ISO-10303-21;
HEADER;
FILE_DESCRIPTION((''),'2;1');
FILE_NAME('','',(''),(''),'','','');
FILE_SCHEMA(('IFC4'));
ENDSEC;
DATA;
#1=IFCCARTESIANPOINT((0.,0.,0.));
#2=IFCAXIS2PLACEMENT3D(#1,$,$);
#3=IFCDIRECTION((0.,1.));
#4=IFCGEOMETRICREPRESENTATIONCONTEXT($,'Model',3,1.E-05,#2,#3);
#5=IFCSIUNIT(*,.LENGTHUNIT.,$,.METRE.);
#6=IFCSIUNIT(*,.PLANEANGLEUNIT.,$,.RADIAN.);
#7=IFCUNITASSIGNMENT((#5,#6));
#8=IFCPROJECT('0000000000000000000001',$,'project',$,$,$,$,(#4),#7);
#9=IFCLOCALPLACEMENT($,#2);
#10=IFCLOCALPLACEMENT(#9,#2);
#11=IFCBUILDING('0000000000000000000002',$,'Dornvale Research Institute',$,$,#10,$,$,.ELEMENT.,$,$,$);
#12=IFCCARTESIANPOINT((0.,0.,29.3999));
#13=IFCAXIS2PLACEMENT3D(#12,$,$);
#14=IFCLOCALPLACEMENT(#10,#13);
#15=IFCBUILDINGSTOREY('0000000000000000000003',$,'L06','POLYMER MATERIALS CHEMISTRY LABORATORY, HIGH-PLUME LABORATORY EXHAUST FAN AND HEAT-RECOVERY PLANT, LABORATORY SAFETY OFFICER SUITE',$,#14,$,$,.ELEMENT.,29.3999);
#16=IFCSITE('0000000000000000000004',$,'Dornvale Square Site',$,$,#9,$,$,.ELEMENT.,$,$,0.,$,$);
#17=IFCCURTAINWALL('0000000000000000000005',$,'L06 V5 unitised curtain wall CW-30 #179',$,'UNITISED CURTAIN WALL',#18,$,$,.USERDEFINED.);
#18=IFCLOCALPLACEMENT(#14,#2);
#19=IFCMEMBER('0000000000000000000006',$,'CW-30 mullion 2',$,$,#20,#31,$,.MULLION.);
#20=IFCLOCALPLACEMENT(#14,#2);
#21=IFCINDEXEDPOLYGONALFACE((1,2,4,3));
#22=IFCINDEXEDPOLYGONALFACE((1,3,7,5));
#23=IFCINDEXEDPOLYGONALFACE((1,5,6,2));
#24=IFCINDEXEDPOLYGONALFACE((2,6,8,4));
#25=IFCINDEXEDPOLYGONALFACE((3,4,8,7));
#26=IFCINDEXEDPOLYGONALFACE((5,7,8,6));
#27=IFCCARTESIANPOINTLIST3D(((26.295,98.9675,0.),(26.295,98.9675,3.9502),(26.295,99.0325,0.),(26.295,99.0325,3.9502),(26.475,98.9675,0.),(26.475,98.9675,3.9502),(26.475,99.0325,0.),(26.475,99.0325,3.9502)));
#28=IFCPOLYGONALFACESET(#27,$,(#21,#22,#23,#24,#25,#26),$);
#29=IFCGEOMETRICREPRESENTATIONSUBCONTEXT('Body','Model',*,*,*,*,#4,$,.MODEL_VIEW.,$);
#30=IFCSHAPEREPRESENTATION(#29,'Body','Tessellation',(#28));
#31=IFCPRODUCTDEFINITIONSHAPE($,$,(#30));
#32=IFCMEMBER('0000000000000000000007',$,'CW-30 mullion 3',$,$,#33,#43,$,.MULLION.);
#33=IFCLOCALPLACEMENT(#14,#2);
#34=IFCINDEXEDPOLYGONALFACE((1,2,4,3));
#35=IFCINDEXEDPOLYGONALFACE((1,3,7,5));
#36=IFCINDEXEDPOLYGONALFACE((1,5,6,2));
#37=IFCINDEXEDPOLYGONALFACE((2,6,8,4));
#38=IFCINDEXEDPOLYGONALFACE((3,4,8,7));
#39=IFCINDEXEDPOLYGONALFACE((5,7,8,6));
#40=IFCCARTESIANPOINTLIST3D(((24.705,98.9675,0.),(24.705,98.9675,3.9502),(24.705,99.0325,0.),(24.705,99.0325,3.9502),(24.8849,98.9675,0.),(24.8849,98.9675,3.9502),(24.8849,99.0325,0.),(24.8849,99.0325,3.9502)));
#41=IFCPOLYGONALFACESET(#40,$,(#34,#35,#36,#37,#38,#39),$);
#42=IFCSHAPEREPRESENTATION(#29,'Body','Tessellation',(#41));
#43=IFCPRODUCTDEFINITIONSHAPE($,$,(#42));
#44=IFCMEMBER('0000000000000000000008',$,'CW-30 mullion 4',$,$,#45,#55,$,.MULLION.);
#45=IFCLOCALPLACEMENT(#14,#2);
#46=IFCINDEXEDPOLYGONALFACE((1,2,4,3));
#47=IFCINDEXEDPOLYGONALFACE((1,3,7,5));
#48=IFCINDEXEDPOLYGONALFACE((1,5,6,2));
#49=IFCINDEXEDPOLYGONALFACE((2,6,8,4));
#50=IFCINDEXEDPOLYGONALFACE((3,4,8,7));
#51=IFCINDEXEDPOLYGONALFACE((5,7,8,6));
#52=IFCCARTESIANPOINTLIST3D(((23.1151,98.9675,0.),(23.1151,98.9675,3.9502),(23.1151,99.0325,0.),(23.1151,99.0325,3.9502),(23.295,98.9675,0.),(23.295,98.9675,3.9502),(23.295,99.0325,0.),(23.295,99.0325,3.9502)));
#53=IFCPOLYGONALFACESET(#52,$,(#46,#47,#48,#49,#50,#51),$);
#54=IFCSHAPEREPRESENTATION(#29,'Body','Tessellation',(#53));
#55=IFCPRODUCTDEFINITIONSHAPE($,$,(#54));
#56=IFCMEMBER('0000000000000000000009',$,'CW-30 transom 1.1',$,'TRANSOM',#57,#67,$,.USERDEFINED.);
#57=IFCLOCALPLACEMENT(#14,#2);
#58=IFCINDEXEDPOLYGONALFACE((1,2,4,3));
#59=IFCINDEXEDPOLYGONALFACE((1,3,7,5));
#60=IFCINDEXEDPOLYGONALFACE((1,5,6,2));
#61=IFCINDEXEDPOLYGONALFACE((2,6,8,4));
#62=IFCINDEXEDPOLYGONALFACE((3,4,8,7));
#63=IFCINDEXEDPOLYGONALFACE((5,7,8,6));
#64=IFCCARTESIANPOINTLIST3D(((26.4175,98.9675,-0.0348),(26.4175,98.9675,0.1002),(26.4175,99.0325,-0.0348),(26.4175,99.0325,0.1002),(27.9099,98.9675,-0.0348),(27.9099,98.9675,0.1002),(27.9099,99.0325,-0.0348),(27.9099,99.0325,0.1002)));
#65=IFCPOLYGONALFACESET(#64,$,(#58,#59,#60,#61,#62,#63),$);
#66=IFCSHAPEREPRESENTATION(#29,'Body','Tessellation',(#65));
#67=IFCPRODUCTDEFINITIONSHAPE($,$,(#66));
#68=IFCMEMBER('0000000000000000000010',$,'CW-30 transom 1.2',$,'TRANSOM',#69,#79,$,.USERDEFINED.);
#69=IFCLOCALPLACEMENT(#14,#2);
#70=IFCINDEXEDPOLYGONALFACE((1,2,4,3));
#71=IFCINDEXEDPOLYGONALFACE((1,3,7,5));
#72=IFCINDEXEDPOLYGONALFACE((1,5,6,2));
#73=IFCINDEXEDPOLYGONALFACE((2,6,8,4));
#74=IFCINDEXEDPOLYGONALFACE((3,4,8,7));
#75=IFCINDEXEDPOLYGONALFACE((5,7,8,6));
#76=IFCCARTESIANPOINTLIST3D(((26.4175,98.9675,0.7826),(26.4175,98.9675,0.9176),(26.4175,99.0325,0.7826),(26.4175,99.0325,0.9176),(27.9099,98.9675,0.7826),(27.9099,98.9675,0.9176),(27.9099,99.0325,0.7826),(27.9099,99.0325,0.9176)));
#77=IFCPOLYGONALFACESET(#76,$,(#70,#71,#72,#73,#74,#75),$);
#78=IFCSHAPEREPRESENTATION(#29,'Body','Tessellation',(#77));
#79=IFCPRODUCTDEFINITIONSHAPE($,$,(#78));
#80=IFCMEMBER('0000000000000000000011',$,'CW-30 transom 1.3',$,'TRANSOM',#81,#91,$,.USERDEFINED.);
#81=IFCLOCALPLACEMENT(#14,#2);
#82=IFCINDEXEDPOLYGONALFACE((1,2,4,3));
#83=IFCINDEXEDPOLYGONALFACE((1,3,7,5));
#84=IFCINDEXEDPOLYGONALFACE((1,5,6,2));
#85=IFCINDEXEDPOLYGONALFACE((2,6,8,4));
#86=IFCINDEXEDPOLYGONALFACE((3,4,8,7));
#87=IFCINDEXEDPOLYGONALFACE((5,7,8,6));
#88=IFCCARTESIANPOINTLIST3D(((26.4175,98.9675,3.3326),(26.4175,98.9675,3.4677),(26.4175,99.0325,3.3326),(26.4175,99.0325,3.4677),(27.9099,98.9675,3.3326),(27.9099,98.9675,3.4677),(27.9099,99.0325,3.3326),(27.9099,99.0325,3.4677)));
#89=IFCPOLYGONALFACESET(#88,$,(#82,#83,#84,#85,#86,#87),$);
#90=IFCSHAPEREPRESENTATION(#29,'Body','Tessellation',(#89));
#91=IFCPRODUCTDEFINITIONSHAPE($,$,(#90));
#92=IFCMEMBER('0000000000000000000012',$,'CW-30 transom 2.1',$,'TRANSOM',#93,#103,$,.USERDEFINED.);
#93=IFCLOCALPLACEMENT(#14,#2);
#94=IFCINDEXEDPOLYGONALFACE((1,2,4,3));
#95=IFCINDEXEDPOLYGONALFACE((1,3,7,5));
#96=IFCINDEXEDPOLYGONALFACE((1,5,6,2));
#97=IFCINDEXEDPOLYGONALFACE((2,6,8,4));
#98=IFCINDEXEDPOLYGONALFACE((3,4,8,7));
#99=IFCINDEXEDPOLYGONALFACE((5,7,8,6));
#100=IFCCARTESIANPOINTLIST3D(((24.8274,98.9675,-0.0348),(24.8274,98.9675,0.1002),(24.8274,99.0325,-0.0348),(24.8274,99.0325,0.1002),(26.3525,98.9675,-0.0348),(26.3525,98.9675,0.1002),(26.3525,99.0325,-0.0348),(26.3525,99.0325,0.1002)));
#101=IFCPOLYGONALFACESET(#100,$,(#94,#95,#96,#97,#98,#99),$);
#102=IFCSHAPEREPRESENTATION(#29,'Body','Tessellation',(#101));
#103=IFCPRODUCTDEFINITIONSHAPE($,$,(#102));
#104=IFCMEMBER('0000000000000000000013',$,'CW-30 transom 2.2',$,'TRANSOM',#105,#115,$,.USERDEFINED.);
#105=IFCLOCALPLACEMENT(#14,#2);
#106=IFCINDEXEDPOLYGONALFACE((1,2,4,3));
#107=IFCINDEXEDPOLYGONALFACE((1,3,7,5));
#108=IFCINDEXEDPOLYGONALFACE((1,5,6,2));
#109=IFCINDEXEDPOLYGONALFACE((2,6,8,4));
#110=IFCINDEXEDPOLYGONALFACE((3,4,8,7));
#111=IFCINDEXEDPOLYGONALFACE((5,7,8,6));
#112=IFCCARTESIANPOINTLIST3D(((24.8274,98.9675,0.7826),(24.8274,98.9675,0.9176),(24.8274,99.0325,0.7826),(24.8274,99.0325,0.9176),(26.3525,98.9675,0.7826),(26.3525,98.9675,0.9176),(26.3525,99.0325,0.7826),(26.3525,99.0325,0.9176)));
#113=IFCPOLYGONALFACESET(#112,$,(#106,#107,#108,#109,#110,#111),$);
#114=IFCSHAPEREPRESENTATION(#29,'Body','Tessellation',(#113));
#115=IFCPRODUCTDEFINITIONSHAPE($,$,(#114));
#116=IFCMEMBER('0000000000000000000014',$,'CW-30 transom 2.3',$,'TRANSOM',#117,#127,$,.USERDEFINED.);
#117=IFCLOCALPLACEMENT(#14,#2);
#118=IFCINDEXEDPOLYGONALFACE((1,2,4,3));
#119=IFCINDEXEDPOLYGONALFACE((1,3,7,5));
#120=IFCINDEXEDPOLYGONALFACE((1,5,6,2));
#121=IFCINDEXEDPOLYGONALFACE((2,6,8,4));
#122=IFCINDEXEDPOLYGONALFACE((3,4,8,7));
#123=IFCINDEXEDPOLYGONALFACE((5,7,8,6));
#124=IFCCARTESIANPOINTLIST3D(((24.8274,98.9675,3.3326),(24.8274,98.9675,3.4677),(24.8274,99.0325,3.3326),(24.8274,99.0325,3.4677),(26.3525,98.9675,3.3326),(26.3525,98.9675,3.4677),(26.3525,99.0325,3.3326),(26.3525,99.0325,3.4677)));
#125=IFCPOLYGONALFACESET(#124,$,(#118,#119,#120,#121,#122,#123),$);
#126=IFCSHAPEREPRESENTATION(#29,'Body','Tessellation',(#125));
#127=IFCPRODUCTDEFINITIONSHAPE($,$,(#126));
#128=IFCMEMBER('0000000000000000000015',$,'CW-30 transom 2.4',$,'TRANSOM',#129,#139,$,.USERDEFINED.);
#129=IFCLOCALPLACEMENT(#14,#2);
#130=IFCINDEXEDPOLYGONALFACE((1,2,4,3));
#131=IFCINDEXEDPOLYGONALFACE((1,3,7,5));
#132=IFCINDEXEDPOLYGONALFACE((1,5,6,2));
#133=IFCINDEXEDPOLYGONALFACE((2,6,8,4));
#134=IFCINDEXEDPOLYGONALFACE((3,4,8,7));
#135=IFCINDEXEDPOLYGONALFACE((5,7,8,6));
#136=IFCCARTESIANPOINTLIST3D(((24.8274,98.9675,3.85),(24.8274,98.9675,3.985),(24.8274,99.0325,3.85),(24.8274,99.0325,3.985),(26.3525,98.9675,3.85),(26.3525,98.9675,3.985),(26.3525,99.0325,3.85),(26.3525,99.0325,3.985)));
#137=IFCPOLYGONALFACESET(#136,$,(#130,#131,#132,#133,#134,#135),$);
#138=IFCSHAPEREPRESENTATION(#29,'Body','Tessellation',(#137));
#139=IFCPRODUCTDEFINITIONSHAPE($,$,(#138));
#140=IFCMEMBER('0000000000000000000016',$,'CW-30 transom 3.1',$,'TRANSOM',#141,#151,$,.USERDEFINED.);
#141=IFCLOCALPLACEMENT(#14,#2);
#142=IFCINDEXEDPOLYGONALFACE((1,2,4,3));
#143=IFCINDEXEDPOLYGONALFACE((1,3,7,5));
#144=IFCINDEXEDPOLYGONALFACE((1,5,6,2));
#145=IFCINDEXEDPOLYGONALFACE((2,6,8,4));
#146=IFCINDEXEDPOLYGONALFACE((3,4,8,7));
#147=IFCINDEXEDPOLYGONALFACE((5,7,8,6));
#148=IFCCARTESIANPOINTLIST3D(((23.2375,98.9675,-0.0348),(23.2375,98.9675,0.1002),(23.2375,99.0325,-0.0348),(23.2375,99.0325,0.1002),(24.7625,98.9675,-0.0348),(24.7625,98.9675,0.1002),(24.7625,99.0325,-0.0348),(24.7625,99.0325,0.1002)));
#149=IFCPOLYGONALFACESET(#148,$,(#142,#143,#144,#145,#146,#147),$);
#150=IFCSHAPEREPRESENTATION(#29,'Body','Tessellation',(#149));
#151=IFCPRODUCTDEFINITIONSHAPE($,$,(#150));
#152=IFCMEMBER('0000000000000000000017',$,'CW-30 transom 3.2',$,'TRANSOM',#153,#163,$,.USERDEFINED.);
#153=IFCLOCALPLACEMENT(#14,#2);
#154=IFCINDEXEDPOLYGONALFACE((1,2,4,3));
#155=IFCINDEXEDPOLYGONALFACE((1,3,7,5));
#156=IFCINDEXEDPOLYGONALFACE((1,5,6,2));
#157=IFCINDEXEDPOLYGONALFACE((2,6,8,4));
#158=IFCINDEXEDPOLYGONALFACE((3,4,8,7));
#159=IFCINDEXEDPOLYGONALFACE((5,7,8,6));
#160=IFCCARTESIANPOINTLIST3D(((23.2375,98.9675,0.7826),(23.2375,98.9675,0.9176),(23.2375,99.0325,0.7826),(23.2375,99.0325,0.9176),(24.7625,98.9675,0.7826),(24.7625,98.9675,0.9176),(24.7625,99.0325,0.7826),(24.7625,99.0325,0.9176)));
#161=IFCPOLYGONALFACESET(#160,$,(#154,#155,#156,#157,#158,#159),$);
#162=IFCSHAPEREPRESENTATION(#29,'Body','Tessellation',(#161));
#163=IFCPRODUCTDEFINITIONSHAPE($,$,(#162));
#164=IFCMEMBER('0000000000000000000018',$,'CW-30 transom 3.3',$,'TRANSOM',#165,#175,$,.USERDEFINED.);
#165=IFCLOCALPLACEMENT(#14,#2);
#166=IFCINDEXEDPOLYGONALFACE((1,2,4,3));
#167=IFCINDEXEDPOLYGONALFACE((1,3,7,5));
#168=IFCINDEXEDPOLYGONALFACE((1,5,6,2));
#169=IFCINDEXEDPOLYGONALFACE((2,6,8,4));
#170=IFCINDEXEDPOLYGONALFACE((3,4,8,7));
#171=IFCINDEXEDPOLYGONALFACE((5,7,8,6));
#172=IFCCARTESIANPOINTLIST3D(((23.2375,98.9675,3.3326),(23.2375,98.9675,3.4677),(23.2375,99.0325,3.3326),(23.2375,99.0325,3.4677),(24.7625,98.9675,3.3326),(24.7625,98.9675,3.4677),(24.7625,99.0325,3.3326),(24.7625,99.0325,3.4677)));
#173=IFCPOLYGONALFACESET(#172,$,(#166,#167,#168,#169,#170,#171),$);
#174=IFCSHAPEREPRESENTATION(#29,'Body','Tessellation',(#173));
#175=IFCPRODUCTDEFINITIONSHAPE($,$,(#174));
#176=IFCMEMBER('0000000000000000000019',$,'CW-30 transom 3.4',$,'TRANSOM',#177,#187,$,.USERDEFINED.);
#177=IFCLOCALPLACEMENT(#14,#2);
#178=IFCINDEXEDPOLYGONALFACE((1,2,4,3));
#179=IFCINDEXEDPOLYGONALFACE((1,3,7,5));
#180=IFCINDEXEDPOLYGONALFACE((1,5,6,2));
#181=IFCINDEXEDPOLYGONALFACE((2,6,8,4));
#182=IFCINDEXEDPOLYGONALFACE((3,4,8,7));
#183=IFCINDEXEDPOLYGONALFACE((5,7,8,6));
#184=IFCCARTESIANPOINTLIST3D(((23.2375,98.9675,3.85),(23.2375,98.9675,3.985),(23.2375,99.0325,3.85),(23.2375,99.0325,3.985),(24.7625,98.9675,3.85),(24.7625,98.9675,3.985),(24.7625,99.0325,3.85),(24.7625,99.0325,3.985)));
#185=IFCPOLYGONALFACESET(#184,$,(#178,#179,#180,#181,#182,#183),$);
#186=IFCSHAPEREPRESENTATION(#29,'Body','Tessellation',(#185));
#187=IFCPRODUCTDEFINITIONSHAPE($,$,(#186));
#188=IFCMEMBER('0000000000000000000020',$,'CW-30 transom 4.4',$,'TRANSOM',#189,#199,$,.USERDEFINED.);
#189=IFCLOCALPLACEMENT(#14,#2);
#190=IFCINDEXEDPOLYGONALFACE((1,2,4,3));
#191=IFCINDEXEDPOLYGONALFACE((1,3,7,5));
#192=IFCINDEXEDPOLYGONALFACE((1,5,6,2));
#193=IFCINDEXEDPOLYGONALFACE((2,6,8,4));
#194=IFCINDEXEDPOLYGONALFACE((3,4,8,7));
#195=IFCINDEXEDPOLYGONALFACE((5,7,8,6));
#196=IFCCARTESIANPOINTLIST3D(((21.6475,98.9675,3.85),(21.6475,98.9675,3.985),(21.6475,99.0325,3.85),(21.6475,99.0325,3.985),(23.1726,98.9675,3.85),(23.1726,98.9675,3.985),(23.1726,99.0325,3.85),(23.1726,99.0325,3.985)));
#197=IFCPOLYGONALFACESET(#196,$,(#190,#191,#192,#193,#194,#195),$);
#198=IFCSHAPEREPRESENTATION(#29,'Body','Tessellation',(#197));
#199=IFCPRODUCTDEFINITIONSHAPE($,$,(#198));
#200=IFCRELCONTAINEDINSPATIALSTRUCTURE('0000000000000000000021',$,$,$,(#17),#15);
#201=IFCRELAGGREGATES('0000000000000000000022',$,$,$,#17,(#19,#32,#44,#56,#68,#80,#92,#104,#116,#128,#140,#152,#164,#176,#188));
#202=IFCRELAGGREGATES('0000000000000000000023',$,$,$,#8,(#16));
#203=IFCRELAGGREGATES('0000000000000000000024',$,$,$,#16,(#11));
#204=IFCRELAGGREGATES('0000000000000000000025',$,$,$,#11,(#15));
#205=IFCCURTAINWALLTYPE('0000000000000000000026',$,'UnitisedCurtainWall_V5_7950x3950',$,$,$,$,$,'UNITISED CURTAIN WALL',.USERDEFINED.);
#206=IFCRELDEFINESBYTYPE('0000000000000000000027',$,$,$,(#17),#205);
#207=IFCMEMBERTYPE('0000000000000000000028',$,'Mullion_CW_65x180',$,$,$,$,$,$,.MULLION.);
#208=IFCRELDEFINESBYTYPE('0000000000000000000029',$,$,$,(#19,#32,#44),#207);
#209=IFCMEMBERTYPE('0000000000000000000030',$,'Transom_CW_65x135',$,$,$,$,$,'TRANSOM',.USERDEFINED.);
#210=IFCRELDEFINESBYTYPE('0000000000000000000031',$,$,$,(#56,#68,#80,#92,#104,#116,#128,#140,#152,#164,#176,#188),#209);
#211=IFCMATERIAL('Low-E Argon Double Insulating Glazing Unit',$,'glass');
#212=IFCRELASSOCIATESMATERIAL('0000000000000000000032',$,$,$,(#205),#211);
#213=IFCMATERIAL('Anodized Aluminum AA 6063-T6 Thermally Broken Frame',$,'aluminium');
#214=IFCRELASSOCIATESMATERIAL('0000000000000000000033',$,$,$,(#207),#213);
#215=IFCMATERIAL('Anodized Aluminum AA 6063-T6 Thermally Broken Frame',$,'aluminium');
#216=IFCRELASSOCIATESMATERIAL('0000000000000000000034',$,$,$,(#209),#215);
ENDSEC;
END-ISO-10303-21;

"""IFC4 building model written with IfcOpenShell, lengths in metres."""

from ifc_helpers import new_model, si_unit, direction, frame, origin, origin_2d, place, context, subcontext, project, spatial, rectangle, extrude, material, material_profile, profile_set, type_object, element, aggregate, save


model = new_model("IFC4")

# Units and contexts
model_context = context("Model", 3, precision=1e-05, world=origin(), true_north=direction((0.0, 1.0)))
body_context = subcontext(model_context, "Body", "Model", "MODEL_VIEW")
ifc_project = project(units=[si_unit("LENGTHUNIT", "METRE"), si_unit("PLANEANGLEUNIT", "RADIAN")], contexts=[model_context])

# Site, building, storey
site_placement = place(None, origin())
site = spatial("IfcSite", under=ifc_project, at=site_placement, Name="Dornvale Square Site", CompositionType="ELEMENT", RefElevation=0.0)
building_placement = place(site_placement, origin())
building = spatial("IfcBuilding", under=site, at=building_placement, Name="Dornvale Research Institute", CompositionType="ELEMENT")
storey_placement = place(building_placement, frame((0.0, 0.0, 29.3999)))
storey = spatial("IfcBuildingStorey", under=building, at=storey_placement, Name="L06", Description="POLYMER MATERIALS CHEMISTRY LABORATORY, HIGH-PLUME LABORATORY EXHAUST FAN AND HEAT-RECOVERY PLANT, LABORATORY SAFETY OFFICER SUITE", CompositionType="ELEMENT", Elevation=29.3999)

# Curtain wall, members
ifc_material_1 = material(Name="Low-E Argon Double Insulating Glazing Unit", Category="glass")
curtain_wall_type = type_object("IfcCurtainWallType", Name="UnitisedCurtainWall_V5_7950x3950", ElementType="UNITISED CURTAIN WALL", PredefinedType="USERDEFINED", material=ifc_material_1)
curtain_wall_placement = place(storey_placement, origin())
curtain_wall = element("IfcCurtainWall", 1, at=curtain_wall_placement, inside=storey, type_object=curtain_wall_type, Name="L06 V5 unitised curtain wall CW-30 #179", ObjectType="UNITISED CURTAIN WALL", PredefinedType="USERDEFINED")
ifc_material_2 = material(Name="Anodized Aluminum AA 6063-T6 Thermally Broken Frame", Category="aluminium")
ifc_material_profile_1 = material_profile(ifc_material_2, rectangle(XDim=0.0649, YDim=0.1799, at=origin_2d()), Name="ALU MULLION 65x180")
ifc_profile_set_1 = profile_set([ifc_material_profile_1], Name="Anodized Aluminum AA 6063-T6 Thermally Broken Frame")
member_type_1 = type_object("IfcMemberType", Name="Mullion_CW_65x180", PredefinedType="MULLION", material=ifc_profile_set_1)
member_1_placement = place(storey_placement, frame((26.385, 99.0, 0.0), z_axis=(0.0, 0.0, 1.0), x_axis=(0.0, -1.0, 0.0)))
member_1 = element("IfcMember", 2, at=member_1_placement, type_object=member_type_1, Name="CW-30 mullion 2", PredefinedType="MULLION", context=body_context, shape_type="SweptSolid", body=[
    extrude(rectangle(XDim=0.0649, YDim=0.1799, at=origin_2d()), origin(), (0.0, 0.0, 1.0), 3.9502),
])
member_2_placement = place(storey_placement, frame((24.7949, 99.0, 0.0), z_axis=(0.0, 0.0, 1.0), x_axis=(0.0, -1.0, 0.0)))
member_2 = element("IfcMember", 3, at=member_2_placement, type_object=member_type_1, Name="CW-30 mullion 3", PredefinedType="MULLION", context=body_context, shape_type="SweptSolid", body=[
    extrude(rectangle(XDim=0.0649, YDim=0.1799, at=origin_2d()), origin(), (0.0, 0.0, 1.0), 3.9502),
])
member_3_placement = place(storey_placement, frame((23.2051, 99.0, 0.0), z_axis=(0.0, 0.0, 1.0), x_axis=(0.0, -1.0, 0.0)))
member_3 = element("IfcMember", 4, at=member_3_placement, type_object=member_type_1, Name="CW-30 mullion 4", PredefinedType="MULLION", context=body_context, shape_type="SweptSolid", body=[
    extrude(rectangle(XDim=0.0649, YDim=0.1799, at=origin_2d()), origin(), (0.0, 0.0, 1.0), 3.9502),
])
ifc_material_3 = material(Name="Anodized Aluminum AA 6063-T6 Thermally Broken Frame", Category="aluminium")
ifc_material_profile_2 = material_profile(ifc_material_3, rectangle(XDim=0.0649, YDim=0.135, at=origin_2d()), Name="ALU TRANSOM 65x135")
ifc_profile_set_2 = profile_set([ifc_material_profile_2], Name="Anodized Aluminum AA 6063-T6 Thermally Broken Frame")
member_type_2 = type_object("IfcMemberType", Name="Transom_CW_65x135", ElementType="TRANSOM", PredefinedType="USERDEFINED", material=ifc_profile_set_2)
member_4_placement = place(storey_placement, frame((27.9099, 99.0, 0.0327), z_axis=(-1.0, 0.0, 0.0), x_axis=(0.0, -1.0, 0.0)))
member_4 = element("IfcMember", 5, at=member_4_placement, type_object=member_type_2, Name="CW-30 transom 1.1", ObjectType="TRANSOM", PredefinedType="USERDEFINED", context=body_context, shape_type="SweptSolid", body=[
    extrude(rectangle(XDim=0.0649, YDim=0.135, at=origin_2d()), origin(), (0.0, 0.0, 1.0), 1.4924),
])
member_5_placement = place(storey_placement, frame((27.9099, 99.0, 0.8501), z_axis=(-1.0, 0.0, 0.0), x_axis=(0.0, -1.0, 0.0)))
member_5 = element("IfcMember", 6, at=member_5_placement, type_object=member_type_2, Name="CW-30 transom 1.2", ObjectType="TRANSOM", PredefinedType="USERDEFINED", context=body_context, shape_type="SweptSolid", body=[
    extrude(rectangle(XDim=0.0649, YDim=0.135, at=origin_2d()), origin(), (0.0, 0.0, 1.0), 1.4924),
])
member_6_placement = place(storey_placement, frame((27.9099, 99.0, 3.4001), z_axis=(-1.0, 0.0, 0.0), x_axis=(0.0, -1.0, 0.0)))
member_6 = element("IfcMember", 7, at=member_6_placement, type_object=member_type_2, Name="CW-30 transom 1.3", ObjectType="TRANSOM", PredefinedType="USERDEFINED", context=body_context, shape_type="SweptSolid", body=[
    extrude(rectangle(XDim=0.0649, YDim=0.135, at=origin_2d()), origin(), (0.0, 0.0, 1.0), 1.4924),
])
member_7_placement = place(storey_placement, frame((26.3525, 99.0, 0.0327), z_axis=(-1.0, 0.0, 0.0), x_axis=(0.0, -1.0, 0.0)))
member_7 = element("IfcMember", 8, at=member_7_placement, type_object=member_type_2, Name="CW-30 transom 2.1", ObjectType="TRANSOM", PredefinedType="USERDEFINED", context=body_context, shape_type="SweptSolid", body=[
    extrude(rectangle(XDim=0.0649, YDim=0.135, at=origin_2d()), origin(), (0.0, 0.0, 1.0), 1.5251),
])
member_8_placement = place(storey_placement, frame((26.3525, 99.0, 0.8501), z_axis=(-1.0, 0.0, 0.0), x_axis=(0.0, -1.0, 0.0)))
member_8 = element("IfcMember", 9, at=member_8_placement, type_object=member_type_2, Name="CW-30 transom 2.2", ObjectType="TRANSOM", PredefinedType="USERDEFINED", context=body_context, shape_type="SweptSolid", body=[
    extrude(rectangle(XDim=0.0649, YDim=0.135, at=origin_2d()), origin(), (0.0, 0.0, 1.0), 1.5251),
])
member_9_placement = place(storey_placement, frame((26.3525, 99.0, 3.4001), z_axis=(-1.0, 0.0, 0.0), x_axis=(0.0, -1.0, 0.0)))
member_9 = element("IfcMember", 10, at=member_9_placement, type_object=member_type_2, Name="CW-30 transom 2.3", ObjectType="TRANSOM", PredefinedType="USERDEFINED", context=body_context, shape_type="SweptSolid", body=[
    extrude(rectangle(XDim=0.0649, YDim=0.135, at=origin_2d()), origin(), (0.0, 0.0, 1.0), 1.5251),
])
member_10_placement = place(storey_placement, frame((26.3525, 99.0, 3.9175), z_axis=(-1.0, 0.0, 0.0), x_axis=(0.0, -1.0, 0.0)))
member_10 = element("IfcMember", 11, at=member_10_placement, type_object=member_type_2, Name="CW-30 transom 2.4", ObjectType="TRANSOM", PredefinedType="USERDEFINED", context=body_context, shape_type="SweptSolid", body=[
    extrude(rectangle(XDim=0.0649, YDim=0.135, at=origin_2d()), origin(), (0.0, 0.0, 1.0), 1.5251),
])
member_11_placement = place(storey_placement, frame((24.7625, 99.0, 0.0327), z_axis=(-1.0, 0.0, 0.0), x_axis=(0.0, -1.0, 0.0)))
member_11 = element("IfcMember", 12, at=member_11_placement, type_object=member_type_2, Name="CW-30 transom 3.1", ObjectType="TRANSOM", PredefinedType="USERDEFINED", context=body_context, shape_type="SweptSolid", body=[
    extrude(rectangle(XDim=0.0649, YDim=0.135, at=origin_2d()), origin(), (0.0, 0.0, 1.0), 1.5249),
])
member_12_placement = place(storey_placement, frame((24.7625, 99.0, 0.8501), z_axis=(-1.0, 0.0, 0.0), x_axis=(0.0, -1.0, 0.0)))
member_12 = element("IfcMember", 13, at=member_12_placement, type_object=member_type_2, Name="CW-30 transom 3.2", ObjectType="TRANSOM", PredefinedType="USERDEFINED", context=body_context, shape_type="SweptSolid", body=[
    extrude(rectangle(XDim=0.0649, YDim=0.135, at=origin_2d()), origin(), (0.0, 0.0, 1.0), 1.5249),
])
member_13_placement = place(storey_placement, frame((24.7625, 99.0, 3.4001), z_axis=(-1.0, 0.0, 0.0), x_axis=(0.0, -1.0, 0.0)))
member_13 = element("IfcMember", 14, at=member_13_placement, type_object=member_type_2, Name="CW-30 transom 3.3", ObjectType="TRANSOM", PredefinedType="USERDEFINED", context=body_context, shape_type="SweptSolid", body=[
    extrude(rectangle(XDim=0.0649, YDim=0.135, at=origin_2d()), origin(), (0.0, 0.0, 1.0), 1.5249),
])
member_14_placement = place(storey_placement, frame((24.7625, 99.0, 3.9175), z_axis=(-1.0, 0.0, 0.0), x_axis=(0.0, -1.0, 0.0)))
member_14 = element("IfcMember", 15, at=member_14_placement, type_object=member_type_2, Name="CW-30 transom 3.4", ObjectType="TRANSOM", PredefinedType="USERDEFINED", context=body_context, shape_type="SweptSolid", body=[
    extrude(rectangle(XDim=0.0649, YDim=0.135, at=origin_2d()), origin(), (0.0, 0.0, 1.0), 1.5249),
])
member_15_placement = place(storey_placement, frame((23.1726, 99.0, 3.9175), z_axis=(-1.0, 0.0, 0.0), x_axis=(0.0, -1.0, 0.0)))
member_15 = element("IfcMember", 16, at=member_15_placement, type_object=member_type_2, Name="CW-30 transom 4.4", ObjectType="TRANSOM", PredefinedType="USERDEFINED", context=body_context, shape_type="SweptSolid", body=[
    extrude(rectangle(XDim=0.0649, YDim=0.135, at=origin_2d()), origin(), (0.0, 0.0, 1.0), 1.5251),
])
aggregate(curtain_wall, [member_1, member_2, member_3, member_4, member_5, member_6, member_7, member_8, member_9, member_10, member_11, member_12, member_13, member_14, member_15])

save(model, "model.ifc")
